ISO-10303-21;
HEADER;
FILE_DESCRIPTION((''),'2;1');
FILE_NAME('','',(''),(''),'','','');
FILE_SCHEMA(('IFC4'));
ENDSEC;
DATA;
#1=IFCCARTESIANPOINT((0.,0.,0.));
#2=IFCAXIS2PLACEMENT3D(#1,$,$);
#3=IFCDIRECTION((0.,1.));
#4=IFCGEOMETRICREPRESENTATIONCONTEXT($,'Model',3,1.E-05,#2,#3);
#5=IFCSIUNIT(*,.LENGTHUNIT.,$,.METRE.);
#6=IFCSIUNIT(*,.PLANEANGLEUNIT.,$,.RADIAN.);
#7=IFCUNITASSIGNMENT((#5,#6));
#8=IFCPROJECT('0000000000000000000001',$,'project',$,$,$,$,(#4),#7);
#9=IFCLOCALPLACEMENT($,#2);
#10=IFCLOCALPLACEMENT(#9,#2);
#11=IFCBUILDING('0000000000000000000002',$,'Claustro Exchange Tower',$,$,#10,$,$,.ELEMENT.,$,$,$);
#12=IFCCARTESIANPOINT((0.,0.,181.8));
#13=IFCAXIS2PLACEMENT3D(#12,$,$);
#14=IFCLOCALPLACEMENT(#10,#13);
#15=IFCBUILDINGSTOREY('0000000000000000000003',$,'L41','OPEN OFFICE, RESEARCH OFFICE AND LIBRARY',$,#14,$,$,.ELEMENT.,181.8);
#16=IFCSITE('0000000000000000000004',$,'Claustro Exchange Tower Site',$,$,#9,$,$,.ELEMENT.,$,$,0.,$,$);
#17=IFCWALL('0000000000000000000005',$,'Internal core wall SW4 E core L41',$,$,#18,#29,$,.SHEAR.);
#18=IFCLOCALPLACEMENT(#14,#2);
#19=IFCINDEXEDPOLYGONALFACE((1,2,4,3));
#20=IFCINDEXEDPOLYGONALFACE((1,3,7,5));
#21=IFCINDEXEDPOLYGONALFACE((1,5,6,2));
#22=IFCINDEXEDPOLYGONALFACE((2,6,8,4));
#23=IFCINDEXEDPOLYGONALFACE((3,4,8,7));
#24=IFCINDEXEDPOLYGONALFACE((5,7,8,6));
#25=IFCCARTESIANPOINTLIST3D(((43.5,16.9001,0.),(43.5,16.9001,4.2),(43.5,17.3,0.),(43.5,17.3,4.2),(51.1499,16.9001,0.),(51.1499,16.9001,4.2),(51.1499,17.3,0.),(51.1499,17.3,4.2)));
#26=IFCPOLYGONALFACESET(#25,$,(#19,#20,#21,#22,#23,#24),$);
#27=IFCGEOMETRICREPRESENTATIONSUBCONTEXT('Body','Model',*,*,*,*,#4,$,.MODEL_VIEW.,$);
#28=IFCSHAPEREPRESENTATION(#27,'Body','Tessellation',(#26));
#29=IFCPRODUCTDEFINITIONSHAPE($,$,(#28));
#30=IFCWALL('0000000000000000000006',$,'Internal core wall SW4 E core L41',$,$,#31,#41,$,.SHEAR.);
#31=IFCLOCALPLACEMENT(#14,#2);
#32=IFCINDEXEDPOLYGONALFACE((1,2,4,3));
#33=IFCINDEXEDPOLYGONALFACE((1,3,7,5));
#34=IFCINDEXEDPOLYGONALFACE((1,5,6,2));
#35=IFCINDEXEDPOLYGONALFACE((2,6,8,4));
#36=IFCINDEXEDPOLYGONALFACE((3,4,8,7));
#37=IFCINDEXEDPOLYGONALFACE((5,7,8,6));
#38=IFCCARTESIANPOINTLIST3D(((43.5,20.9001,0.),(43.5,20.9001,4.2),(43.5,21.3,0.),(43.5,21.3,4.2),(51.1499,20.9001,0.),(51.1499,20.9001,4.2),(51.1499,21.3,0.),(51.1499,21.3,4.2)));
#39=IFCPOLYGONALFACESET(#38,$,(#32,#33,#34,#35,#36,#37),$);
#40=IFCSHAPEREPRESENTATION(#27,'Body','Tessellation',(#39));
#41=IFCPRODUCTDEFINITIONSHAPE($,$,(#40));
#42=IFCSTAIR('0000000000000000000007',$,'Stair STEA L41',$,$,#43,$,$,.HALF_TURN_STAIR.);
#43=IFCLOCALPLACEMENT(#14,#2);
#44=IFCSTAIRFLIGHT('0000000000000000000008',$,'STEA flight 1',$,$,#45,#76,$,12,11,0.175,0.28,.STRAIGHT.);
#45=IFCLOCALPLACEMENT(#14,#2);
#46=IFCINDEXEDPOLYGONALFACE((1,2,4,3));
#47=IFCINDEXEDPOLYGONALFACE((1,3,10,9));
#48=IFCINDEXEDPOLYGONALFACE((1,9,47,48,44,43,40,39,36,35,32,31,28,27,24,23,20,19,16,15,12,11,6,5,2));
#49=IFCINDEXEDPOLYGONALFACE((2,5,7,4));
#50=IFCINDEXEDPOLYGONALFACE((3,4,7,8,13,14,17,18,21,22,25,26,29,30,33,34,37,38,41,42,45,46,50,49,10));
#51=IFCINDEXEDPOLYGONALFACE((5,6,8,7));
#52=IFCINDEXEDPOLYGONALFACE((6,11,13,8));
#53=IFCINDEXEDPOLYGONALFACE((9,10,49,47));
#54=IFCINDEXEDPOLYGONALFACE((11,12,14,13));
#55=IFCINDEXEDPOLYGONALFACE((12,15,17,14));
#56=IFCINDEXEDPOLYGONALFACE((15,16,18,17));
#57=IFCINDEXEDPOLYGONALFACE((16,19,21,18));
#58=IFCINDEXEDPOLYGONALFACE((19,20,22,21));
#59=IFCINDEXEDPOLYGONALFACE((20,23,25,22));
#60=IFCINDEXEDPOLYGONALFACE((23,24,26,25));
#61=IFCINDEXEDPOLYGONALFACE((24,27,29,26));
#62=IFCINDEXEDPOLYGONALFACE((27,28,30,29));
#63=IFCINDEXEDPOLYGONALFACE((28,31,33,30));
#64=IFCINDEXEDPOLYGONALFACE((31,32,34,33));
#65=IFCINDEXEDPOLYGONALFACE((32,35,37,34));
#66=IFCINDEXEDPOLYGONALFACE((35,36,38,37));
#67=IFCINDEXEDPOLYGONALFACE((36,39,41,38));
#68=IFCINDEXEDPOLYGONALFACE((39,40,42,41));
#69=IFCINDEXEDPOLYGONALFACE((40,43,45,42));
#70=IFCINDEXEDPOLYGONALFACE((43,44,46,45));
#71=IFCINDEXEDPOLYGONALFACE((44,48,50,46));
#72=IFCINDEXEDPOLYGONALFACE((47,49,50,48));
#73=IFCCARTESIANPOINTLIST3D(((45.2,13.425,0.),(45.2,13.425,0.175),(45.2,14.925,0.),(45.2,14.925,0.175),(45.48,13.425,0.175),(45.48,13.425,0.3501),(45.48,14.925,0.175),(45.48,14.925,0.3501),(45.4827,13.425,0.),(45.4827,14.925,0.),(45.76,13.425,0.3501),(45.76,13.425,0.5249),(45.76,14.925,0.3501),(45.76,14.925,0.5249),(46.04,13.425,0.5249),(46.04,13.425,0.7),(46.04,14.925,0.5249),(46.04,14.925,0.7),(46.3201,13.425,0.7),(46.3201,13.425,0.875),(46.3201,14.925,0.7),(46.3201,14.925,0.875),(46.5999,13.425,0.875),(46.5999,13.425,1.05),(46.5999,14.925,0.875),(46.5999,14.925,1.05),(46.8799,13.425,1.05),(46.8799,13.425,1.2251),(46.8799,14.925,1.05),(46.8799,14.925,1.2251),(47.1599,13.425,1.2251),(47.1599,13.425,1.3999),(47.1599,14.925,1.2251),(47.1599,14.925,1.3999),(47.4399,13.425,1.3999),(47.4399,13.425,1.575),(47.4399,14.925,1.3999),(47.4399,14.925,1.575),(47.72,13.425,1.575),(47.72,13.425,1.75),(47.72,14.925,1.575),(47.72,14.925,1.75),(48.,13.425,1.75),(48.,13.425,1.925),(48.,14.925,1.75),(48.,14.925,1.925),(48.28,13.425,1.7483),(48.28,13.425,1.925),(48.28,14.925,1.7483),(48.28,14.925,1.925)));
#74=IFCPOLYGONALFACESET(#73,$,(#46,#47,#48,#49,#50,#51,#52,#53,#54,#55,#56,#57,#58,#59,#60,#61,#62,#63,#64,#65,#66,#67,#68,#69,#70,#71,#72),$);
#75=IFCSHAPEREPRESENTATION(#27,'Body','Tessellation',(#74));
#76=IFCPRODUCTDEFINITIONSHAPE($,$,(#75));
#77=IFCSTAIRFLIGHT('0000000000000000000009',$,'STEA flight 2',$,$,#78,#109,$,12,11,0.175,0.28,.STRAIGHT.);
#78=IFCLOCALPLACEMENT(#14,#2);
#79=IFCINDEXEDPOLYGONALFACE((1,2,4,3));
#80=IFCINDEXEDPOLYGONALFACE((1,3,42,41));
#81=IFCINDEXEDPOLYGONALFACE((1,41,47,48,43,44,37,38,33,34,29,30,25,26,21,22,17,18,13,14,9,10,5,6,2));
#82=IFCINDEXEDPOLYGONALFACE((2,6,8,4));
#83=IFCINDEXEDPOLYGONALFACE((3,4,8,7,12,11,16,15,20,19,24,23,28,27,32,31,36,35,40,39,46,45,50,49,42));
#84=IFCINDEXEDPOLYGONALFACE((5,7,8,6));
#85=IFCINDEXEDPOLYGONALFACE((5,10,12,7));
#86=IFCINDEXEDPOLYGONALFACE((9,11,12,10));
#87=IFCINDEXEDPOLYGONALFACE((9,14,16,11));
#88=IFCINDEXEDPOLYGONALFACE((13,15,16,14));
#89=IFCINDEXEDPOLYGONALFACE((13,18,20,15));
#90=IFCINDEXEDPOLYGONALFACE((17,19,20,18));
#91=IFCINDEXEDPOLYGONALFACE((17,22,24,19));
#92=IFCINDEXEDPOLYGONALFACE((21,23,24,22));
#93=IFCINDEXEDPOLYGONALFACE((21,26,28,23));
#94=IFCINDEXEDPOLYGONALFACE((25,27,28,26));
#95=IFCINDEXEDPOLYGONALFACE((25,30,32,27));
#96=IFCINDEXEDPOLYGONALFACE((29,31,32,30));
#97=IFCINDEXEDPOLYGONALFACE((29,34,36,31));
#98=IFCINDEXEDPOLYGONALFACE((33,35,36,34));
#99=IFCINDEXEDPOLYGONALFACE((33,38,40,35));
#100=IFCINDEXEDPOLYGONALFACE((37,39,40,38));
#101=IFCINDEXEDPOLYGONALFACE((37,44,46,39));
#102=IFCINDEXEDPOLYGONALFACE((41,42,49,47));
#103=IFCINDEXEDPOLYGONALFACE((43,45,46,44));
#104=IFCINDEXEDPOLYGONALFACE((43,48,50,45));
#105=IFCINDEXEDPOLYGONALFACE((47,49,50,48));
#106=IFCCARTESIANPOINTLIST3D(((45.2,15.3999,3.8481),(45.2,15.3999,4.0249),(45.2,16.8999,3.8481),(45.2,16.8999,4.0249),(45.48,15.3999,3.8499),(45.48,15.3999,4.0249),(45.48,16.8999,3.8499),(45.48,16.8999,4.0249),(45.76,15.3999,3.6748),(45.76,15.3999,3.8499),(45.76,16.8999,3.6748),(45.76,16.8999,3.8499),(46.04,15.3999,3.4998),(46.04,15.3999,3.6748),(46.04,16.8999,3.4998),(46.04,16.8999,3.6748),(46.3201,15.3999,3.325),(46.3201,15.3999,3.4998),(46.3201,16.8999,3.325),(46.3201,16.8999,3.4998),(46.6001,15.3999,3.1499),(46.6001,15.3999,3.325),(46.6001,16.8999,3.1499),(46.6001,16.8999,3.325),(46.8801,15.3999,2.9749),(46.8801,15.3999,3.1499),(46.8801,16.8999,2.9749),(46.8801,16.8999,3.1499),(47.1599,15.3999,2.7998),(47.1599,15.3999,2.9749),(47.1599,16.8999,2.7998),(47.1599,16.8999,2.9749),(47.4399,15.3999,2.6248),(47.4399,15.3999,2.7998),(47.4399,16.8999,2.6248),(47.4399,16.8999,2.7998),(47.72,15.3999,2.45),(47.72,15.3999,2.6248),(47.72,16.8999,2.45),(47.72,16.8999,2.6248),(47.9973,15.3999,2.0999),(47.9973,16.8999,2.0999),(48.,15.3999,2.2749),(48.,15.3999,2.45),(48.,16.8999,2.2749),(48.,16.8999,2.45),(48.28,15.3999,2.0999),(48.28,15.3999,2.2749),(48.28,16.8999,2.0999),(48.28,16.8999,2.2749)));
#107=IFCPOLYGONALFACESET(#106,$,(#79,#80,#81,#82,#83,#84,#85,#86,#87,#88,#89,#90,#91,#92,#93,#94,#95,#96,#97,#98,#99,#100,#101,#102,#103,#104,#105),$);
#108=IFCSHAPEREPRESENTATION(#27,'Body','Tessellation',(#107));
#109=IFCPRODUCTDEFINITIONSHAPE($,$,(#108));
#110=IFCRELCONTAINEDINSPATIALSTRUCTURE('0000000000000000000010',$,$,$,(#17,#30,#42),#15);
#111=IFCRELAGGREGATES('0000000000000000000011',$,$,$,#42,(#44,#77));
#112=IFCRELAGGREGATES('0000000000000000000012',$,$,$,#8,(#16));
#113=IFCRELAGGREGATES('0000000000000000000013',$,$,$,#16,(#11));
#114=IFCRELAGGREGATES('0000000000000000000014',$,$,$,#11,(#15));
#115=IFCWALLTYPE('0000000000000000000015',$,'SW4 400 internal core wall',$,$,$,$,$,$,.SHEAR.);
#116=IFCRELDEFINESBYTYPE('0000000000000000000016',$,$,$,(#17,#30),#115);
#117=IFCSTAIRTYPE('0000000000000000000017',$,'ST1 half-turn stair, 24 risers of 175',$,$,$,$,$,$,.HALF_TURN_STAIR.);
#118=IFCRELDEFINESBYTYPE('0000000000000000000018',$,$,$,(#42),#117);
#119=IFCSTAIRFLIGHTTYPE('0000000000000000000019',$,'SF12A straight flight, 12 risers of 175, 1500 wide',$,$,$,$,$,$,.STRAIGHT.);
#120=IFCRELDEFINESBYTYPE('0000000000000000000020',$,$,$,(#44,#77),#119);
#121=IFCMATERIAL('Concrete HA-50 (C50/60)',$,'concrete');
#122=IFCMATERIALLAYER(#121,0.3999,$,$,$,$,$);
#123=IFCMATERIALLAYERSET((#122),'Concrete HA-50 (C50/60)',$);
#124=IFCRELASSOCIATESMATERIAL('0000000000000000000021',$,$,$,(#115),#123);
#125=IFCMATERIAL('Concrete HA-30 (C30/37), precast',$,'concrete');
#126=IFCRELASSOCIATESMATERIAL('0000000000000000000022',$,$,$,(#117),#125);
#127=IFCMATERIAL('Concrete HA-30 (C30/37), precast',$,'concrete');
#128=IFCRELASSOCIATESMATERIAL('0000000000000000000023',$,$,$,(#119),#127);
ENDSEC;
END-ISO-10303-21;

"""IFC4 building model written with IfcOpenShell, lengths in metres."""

from ifc_helpers import new_model, si_unit, direction, frame, frame_2d, origin, place, context, subcontext, project, spatial, polyline, rectangle, outline, extrude, material, layer, layer_set, type_object, element, aggregate, save


model = new_model("IFC4")

# Units and contexts
model_context = context("Model", 3, precision=1e-05, world=origin(), true_north=direction((0.0, 1.0)))
body_context = subcontext(model_context, "Body", "Model", "MODEL_VIEW")
ifc_project = project(units=[si_unit("LENGTHUNIT", "METRE"), si_unit("PLANEANGLEUNIT", "RADIAN")], contexts=[model_context])

# Site, building, storey
site_placement = place(None, origin())
site = spatial("IfcSite", under=ifc_project, at=site_placement, Name="Claustro Exchange Tower Site", CompositionType="ELEMENT", RefElevation=0.0)
building_placement = place(site_placement, origin())
building = spatial("IfcBuilding", under=site, at=building_placement, Name="Claustro Exchange Tower", CompositionType="ELEMENT")
storey_placement = place(building_placement, frame((0.0, 0.0, 181.8)))
storey = spatial("IfcBuildingStorey", under=building, at=storey_placement, Name="L41", Description="OPEN OFFICE, RESEARCH OFFICE AND LIBRARY", CompositionType="ELEMENT", Elevation=181.8)

# Shared definitions
ifc_material_1 = material(Name="Concrete HA-50 (C50/60)", Category="concrete")
ifc_layer_1 = layer(ifc_material_1, 0.3999)
ifc_layer_set_1 = layer_set([ifc_layer_1], Name="Concrete HA-50 (C50/60)")
wall_type_1 = type_object("IfcWallType", Name="SW4 400 internal core wall", PredefinedType="SHEAR", material=ifc_layer_set_1)

# Walls
for number, where, z_axis, x_axis, name in (
    (1, (51.1499, 17.1001, 0.0), (0.0, 0.0, 1.0), (-1.0, 0.0, 0.0), "Internal core wall SW4 E core L41"),
    (2, (51.1499, 21.1001, 0.0), (0.0, 0.0, 1.0), (-1.0, 0.0, 0.0), "Internal core wall SW4 E core L41"),
):
    element("IfcWall", number, at=place(storey_placement, frame(where, z_axis=z_axis, x_axis=x_axis)), inside=storey, type_object=wall_type_1, Name=name, PredefinedType="SHEAR", context=body_context, shape_type="SweptSolid", body=[
        extrude(rectangle(XDim=7.6499, YDim=0.3999, at=frame_2d((3.825, 0.0))), origin(), (0.0, 0.0, 1.0), 4.2),
    ])

# Stair, stair flights
ifc_material_2 = material(Name="Concrete HA-30 (C30/37), precast", Category="concrete")
stair_type = type_object("IfcStairType", Name="ST1 half-turn stair, 24 risers of 175", PredefinedType="HALF_TURN_STAIR", material=ifc_material_2)
stair_placement = place(storey_placement, origin())
stair = element("IfcStair", 3, at=stair_placement, inside=storey, type_object=stair_type, Name="Stair STEA L41", PredefinedType="HALF_TURN_STAIR")
ifc_material_3 = material(Name="Concrete HA-30 (C30/37), precast", Category="concrete")
stair_flight_type = type_object("IfcStairFlightType", Name="SF12A straight flight, 12 risers of 175, 1500 wide", PredefinedType="STRAIGHT", material=ifc_material_3)
stair_flight_1_placement = place(storey_placement, frame((45.2, 14.175, 0.0), z_axis=(0.0, 0.0, 1.0), x_axis=(1.0, 0.0, 0.0)))
stair_flight_1 = element("IfcStairFlight", 4, at=stair_flight_1_placement, type_object=stair_flight_type, Name="STEA flight 1", NumberOfRisers=12, NumberOfTreads=11, PredefinedType="STRAIGHT", RiserHeight=0.175, TreadLength=0.28, context=body_context, shape_type="SweptSolid", body=[
    extrude(outline(polyline([(0.0, 0.0), (0.0, 0.175), (0.28, 0.175), (0.28, 0.3501), (0.5601, 0.3501), (0.5601, 0.5249), (0.8401, 0.5249), (0.8401, 0.7), (1.1201, 0.7), (1.1201, 0.875), (1.3999, 0.875), (1.3999, 1.05), (1.6799, 1.05), (1.6799, 1.2251), (1.96, 1.2251), (1.96, 1.3999), (2.24, 1.3999), (2.24, 1.575), (2.52, 1.575), (2.52, 1.75), (2.8, 1.75), (2.8, 1.925), (3.0801, 1.925), (3.0801, 2.1001), (3.0801, 1.7483), (0.2827, 0.0), (0.0, 0.0)])), frame((0.0, 0.75, 0.0), z_axis=(0.0, -1.0, 0.0), x_axis=(1.0, 0.0, 0.0)), (0.0, 0.0, 1.0), 1.5),
])
stair_flight_2_placement = place(storey_placement, frame((48.28, 16.1499, 2.0999), z_axis=(0.0, 0.0, 1.0), x_axis=(-1.0, 0.0, 0.0)))
stair_flight_2 = element("IfcStairFlight", 5, at=stair_flight_2_placement, type_object=stair_flight_type, Name="STEA flight 2", NumberOfRisers=12, NumberOfTreads=11, PredefinedType="STRAIGHT", RiserHeight=0.175, TreadLength=0.28, context=body_context, shape_type="SweptSolid", body=[
    extrude(outline(polyline([(0.0, 0.0), (0.0, 0.175), (0.28, 0.175), (0.28, 0.3501), (0.5601, 0.3501), (0.5601, 0.5249), (0.8401, 0.5249), (0.8401, 0.7), (1.1201, 0.7), (1.1201, 0.875), (1.3999, 0.875), (1.3999, 1.05), (1.6799, 1.05), (1.6799, 1.2251), (1.96, 1.2251), (1.96, 1.3999), (2.24, 1.3999), (2.24, 1.575), (2.52, 1.575), (2.52, 1.75), (2.8, 1.75), (2.8, 1.925), (3.0801, 1.925), (3.0801, 2.1001), (3.0801, 1.7483), (0.2827, 0.0), (0.0, 0.0)])), frame((0.0, 0.75, 0.0), z_axis=(0.0, -1.0, 0.0), x_axis=(1.0, 0.0, 0.0)), (0.0, 0.0, 1.0), 1.5),
])
aggregate(stair, [stair_flight_1, stair_flight_2])

save(model, "model.ifc")
